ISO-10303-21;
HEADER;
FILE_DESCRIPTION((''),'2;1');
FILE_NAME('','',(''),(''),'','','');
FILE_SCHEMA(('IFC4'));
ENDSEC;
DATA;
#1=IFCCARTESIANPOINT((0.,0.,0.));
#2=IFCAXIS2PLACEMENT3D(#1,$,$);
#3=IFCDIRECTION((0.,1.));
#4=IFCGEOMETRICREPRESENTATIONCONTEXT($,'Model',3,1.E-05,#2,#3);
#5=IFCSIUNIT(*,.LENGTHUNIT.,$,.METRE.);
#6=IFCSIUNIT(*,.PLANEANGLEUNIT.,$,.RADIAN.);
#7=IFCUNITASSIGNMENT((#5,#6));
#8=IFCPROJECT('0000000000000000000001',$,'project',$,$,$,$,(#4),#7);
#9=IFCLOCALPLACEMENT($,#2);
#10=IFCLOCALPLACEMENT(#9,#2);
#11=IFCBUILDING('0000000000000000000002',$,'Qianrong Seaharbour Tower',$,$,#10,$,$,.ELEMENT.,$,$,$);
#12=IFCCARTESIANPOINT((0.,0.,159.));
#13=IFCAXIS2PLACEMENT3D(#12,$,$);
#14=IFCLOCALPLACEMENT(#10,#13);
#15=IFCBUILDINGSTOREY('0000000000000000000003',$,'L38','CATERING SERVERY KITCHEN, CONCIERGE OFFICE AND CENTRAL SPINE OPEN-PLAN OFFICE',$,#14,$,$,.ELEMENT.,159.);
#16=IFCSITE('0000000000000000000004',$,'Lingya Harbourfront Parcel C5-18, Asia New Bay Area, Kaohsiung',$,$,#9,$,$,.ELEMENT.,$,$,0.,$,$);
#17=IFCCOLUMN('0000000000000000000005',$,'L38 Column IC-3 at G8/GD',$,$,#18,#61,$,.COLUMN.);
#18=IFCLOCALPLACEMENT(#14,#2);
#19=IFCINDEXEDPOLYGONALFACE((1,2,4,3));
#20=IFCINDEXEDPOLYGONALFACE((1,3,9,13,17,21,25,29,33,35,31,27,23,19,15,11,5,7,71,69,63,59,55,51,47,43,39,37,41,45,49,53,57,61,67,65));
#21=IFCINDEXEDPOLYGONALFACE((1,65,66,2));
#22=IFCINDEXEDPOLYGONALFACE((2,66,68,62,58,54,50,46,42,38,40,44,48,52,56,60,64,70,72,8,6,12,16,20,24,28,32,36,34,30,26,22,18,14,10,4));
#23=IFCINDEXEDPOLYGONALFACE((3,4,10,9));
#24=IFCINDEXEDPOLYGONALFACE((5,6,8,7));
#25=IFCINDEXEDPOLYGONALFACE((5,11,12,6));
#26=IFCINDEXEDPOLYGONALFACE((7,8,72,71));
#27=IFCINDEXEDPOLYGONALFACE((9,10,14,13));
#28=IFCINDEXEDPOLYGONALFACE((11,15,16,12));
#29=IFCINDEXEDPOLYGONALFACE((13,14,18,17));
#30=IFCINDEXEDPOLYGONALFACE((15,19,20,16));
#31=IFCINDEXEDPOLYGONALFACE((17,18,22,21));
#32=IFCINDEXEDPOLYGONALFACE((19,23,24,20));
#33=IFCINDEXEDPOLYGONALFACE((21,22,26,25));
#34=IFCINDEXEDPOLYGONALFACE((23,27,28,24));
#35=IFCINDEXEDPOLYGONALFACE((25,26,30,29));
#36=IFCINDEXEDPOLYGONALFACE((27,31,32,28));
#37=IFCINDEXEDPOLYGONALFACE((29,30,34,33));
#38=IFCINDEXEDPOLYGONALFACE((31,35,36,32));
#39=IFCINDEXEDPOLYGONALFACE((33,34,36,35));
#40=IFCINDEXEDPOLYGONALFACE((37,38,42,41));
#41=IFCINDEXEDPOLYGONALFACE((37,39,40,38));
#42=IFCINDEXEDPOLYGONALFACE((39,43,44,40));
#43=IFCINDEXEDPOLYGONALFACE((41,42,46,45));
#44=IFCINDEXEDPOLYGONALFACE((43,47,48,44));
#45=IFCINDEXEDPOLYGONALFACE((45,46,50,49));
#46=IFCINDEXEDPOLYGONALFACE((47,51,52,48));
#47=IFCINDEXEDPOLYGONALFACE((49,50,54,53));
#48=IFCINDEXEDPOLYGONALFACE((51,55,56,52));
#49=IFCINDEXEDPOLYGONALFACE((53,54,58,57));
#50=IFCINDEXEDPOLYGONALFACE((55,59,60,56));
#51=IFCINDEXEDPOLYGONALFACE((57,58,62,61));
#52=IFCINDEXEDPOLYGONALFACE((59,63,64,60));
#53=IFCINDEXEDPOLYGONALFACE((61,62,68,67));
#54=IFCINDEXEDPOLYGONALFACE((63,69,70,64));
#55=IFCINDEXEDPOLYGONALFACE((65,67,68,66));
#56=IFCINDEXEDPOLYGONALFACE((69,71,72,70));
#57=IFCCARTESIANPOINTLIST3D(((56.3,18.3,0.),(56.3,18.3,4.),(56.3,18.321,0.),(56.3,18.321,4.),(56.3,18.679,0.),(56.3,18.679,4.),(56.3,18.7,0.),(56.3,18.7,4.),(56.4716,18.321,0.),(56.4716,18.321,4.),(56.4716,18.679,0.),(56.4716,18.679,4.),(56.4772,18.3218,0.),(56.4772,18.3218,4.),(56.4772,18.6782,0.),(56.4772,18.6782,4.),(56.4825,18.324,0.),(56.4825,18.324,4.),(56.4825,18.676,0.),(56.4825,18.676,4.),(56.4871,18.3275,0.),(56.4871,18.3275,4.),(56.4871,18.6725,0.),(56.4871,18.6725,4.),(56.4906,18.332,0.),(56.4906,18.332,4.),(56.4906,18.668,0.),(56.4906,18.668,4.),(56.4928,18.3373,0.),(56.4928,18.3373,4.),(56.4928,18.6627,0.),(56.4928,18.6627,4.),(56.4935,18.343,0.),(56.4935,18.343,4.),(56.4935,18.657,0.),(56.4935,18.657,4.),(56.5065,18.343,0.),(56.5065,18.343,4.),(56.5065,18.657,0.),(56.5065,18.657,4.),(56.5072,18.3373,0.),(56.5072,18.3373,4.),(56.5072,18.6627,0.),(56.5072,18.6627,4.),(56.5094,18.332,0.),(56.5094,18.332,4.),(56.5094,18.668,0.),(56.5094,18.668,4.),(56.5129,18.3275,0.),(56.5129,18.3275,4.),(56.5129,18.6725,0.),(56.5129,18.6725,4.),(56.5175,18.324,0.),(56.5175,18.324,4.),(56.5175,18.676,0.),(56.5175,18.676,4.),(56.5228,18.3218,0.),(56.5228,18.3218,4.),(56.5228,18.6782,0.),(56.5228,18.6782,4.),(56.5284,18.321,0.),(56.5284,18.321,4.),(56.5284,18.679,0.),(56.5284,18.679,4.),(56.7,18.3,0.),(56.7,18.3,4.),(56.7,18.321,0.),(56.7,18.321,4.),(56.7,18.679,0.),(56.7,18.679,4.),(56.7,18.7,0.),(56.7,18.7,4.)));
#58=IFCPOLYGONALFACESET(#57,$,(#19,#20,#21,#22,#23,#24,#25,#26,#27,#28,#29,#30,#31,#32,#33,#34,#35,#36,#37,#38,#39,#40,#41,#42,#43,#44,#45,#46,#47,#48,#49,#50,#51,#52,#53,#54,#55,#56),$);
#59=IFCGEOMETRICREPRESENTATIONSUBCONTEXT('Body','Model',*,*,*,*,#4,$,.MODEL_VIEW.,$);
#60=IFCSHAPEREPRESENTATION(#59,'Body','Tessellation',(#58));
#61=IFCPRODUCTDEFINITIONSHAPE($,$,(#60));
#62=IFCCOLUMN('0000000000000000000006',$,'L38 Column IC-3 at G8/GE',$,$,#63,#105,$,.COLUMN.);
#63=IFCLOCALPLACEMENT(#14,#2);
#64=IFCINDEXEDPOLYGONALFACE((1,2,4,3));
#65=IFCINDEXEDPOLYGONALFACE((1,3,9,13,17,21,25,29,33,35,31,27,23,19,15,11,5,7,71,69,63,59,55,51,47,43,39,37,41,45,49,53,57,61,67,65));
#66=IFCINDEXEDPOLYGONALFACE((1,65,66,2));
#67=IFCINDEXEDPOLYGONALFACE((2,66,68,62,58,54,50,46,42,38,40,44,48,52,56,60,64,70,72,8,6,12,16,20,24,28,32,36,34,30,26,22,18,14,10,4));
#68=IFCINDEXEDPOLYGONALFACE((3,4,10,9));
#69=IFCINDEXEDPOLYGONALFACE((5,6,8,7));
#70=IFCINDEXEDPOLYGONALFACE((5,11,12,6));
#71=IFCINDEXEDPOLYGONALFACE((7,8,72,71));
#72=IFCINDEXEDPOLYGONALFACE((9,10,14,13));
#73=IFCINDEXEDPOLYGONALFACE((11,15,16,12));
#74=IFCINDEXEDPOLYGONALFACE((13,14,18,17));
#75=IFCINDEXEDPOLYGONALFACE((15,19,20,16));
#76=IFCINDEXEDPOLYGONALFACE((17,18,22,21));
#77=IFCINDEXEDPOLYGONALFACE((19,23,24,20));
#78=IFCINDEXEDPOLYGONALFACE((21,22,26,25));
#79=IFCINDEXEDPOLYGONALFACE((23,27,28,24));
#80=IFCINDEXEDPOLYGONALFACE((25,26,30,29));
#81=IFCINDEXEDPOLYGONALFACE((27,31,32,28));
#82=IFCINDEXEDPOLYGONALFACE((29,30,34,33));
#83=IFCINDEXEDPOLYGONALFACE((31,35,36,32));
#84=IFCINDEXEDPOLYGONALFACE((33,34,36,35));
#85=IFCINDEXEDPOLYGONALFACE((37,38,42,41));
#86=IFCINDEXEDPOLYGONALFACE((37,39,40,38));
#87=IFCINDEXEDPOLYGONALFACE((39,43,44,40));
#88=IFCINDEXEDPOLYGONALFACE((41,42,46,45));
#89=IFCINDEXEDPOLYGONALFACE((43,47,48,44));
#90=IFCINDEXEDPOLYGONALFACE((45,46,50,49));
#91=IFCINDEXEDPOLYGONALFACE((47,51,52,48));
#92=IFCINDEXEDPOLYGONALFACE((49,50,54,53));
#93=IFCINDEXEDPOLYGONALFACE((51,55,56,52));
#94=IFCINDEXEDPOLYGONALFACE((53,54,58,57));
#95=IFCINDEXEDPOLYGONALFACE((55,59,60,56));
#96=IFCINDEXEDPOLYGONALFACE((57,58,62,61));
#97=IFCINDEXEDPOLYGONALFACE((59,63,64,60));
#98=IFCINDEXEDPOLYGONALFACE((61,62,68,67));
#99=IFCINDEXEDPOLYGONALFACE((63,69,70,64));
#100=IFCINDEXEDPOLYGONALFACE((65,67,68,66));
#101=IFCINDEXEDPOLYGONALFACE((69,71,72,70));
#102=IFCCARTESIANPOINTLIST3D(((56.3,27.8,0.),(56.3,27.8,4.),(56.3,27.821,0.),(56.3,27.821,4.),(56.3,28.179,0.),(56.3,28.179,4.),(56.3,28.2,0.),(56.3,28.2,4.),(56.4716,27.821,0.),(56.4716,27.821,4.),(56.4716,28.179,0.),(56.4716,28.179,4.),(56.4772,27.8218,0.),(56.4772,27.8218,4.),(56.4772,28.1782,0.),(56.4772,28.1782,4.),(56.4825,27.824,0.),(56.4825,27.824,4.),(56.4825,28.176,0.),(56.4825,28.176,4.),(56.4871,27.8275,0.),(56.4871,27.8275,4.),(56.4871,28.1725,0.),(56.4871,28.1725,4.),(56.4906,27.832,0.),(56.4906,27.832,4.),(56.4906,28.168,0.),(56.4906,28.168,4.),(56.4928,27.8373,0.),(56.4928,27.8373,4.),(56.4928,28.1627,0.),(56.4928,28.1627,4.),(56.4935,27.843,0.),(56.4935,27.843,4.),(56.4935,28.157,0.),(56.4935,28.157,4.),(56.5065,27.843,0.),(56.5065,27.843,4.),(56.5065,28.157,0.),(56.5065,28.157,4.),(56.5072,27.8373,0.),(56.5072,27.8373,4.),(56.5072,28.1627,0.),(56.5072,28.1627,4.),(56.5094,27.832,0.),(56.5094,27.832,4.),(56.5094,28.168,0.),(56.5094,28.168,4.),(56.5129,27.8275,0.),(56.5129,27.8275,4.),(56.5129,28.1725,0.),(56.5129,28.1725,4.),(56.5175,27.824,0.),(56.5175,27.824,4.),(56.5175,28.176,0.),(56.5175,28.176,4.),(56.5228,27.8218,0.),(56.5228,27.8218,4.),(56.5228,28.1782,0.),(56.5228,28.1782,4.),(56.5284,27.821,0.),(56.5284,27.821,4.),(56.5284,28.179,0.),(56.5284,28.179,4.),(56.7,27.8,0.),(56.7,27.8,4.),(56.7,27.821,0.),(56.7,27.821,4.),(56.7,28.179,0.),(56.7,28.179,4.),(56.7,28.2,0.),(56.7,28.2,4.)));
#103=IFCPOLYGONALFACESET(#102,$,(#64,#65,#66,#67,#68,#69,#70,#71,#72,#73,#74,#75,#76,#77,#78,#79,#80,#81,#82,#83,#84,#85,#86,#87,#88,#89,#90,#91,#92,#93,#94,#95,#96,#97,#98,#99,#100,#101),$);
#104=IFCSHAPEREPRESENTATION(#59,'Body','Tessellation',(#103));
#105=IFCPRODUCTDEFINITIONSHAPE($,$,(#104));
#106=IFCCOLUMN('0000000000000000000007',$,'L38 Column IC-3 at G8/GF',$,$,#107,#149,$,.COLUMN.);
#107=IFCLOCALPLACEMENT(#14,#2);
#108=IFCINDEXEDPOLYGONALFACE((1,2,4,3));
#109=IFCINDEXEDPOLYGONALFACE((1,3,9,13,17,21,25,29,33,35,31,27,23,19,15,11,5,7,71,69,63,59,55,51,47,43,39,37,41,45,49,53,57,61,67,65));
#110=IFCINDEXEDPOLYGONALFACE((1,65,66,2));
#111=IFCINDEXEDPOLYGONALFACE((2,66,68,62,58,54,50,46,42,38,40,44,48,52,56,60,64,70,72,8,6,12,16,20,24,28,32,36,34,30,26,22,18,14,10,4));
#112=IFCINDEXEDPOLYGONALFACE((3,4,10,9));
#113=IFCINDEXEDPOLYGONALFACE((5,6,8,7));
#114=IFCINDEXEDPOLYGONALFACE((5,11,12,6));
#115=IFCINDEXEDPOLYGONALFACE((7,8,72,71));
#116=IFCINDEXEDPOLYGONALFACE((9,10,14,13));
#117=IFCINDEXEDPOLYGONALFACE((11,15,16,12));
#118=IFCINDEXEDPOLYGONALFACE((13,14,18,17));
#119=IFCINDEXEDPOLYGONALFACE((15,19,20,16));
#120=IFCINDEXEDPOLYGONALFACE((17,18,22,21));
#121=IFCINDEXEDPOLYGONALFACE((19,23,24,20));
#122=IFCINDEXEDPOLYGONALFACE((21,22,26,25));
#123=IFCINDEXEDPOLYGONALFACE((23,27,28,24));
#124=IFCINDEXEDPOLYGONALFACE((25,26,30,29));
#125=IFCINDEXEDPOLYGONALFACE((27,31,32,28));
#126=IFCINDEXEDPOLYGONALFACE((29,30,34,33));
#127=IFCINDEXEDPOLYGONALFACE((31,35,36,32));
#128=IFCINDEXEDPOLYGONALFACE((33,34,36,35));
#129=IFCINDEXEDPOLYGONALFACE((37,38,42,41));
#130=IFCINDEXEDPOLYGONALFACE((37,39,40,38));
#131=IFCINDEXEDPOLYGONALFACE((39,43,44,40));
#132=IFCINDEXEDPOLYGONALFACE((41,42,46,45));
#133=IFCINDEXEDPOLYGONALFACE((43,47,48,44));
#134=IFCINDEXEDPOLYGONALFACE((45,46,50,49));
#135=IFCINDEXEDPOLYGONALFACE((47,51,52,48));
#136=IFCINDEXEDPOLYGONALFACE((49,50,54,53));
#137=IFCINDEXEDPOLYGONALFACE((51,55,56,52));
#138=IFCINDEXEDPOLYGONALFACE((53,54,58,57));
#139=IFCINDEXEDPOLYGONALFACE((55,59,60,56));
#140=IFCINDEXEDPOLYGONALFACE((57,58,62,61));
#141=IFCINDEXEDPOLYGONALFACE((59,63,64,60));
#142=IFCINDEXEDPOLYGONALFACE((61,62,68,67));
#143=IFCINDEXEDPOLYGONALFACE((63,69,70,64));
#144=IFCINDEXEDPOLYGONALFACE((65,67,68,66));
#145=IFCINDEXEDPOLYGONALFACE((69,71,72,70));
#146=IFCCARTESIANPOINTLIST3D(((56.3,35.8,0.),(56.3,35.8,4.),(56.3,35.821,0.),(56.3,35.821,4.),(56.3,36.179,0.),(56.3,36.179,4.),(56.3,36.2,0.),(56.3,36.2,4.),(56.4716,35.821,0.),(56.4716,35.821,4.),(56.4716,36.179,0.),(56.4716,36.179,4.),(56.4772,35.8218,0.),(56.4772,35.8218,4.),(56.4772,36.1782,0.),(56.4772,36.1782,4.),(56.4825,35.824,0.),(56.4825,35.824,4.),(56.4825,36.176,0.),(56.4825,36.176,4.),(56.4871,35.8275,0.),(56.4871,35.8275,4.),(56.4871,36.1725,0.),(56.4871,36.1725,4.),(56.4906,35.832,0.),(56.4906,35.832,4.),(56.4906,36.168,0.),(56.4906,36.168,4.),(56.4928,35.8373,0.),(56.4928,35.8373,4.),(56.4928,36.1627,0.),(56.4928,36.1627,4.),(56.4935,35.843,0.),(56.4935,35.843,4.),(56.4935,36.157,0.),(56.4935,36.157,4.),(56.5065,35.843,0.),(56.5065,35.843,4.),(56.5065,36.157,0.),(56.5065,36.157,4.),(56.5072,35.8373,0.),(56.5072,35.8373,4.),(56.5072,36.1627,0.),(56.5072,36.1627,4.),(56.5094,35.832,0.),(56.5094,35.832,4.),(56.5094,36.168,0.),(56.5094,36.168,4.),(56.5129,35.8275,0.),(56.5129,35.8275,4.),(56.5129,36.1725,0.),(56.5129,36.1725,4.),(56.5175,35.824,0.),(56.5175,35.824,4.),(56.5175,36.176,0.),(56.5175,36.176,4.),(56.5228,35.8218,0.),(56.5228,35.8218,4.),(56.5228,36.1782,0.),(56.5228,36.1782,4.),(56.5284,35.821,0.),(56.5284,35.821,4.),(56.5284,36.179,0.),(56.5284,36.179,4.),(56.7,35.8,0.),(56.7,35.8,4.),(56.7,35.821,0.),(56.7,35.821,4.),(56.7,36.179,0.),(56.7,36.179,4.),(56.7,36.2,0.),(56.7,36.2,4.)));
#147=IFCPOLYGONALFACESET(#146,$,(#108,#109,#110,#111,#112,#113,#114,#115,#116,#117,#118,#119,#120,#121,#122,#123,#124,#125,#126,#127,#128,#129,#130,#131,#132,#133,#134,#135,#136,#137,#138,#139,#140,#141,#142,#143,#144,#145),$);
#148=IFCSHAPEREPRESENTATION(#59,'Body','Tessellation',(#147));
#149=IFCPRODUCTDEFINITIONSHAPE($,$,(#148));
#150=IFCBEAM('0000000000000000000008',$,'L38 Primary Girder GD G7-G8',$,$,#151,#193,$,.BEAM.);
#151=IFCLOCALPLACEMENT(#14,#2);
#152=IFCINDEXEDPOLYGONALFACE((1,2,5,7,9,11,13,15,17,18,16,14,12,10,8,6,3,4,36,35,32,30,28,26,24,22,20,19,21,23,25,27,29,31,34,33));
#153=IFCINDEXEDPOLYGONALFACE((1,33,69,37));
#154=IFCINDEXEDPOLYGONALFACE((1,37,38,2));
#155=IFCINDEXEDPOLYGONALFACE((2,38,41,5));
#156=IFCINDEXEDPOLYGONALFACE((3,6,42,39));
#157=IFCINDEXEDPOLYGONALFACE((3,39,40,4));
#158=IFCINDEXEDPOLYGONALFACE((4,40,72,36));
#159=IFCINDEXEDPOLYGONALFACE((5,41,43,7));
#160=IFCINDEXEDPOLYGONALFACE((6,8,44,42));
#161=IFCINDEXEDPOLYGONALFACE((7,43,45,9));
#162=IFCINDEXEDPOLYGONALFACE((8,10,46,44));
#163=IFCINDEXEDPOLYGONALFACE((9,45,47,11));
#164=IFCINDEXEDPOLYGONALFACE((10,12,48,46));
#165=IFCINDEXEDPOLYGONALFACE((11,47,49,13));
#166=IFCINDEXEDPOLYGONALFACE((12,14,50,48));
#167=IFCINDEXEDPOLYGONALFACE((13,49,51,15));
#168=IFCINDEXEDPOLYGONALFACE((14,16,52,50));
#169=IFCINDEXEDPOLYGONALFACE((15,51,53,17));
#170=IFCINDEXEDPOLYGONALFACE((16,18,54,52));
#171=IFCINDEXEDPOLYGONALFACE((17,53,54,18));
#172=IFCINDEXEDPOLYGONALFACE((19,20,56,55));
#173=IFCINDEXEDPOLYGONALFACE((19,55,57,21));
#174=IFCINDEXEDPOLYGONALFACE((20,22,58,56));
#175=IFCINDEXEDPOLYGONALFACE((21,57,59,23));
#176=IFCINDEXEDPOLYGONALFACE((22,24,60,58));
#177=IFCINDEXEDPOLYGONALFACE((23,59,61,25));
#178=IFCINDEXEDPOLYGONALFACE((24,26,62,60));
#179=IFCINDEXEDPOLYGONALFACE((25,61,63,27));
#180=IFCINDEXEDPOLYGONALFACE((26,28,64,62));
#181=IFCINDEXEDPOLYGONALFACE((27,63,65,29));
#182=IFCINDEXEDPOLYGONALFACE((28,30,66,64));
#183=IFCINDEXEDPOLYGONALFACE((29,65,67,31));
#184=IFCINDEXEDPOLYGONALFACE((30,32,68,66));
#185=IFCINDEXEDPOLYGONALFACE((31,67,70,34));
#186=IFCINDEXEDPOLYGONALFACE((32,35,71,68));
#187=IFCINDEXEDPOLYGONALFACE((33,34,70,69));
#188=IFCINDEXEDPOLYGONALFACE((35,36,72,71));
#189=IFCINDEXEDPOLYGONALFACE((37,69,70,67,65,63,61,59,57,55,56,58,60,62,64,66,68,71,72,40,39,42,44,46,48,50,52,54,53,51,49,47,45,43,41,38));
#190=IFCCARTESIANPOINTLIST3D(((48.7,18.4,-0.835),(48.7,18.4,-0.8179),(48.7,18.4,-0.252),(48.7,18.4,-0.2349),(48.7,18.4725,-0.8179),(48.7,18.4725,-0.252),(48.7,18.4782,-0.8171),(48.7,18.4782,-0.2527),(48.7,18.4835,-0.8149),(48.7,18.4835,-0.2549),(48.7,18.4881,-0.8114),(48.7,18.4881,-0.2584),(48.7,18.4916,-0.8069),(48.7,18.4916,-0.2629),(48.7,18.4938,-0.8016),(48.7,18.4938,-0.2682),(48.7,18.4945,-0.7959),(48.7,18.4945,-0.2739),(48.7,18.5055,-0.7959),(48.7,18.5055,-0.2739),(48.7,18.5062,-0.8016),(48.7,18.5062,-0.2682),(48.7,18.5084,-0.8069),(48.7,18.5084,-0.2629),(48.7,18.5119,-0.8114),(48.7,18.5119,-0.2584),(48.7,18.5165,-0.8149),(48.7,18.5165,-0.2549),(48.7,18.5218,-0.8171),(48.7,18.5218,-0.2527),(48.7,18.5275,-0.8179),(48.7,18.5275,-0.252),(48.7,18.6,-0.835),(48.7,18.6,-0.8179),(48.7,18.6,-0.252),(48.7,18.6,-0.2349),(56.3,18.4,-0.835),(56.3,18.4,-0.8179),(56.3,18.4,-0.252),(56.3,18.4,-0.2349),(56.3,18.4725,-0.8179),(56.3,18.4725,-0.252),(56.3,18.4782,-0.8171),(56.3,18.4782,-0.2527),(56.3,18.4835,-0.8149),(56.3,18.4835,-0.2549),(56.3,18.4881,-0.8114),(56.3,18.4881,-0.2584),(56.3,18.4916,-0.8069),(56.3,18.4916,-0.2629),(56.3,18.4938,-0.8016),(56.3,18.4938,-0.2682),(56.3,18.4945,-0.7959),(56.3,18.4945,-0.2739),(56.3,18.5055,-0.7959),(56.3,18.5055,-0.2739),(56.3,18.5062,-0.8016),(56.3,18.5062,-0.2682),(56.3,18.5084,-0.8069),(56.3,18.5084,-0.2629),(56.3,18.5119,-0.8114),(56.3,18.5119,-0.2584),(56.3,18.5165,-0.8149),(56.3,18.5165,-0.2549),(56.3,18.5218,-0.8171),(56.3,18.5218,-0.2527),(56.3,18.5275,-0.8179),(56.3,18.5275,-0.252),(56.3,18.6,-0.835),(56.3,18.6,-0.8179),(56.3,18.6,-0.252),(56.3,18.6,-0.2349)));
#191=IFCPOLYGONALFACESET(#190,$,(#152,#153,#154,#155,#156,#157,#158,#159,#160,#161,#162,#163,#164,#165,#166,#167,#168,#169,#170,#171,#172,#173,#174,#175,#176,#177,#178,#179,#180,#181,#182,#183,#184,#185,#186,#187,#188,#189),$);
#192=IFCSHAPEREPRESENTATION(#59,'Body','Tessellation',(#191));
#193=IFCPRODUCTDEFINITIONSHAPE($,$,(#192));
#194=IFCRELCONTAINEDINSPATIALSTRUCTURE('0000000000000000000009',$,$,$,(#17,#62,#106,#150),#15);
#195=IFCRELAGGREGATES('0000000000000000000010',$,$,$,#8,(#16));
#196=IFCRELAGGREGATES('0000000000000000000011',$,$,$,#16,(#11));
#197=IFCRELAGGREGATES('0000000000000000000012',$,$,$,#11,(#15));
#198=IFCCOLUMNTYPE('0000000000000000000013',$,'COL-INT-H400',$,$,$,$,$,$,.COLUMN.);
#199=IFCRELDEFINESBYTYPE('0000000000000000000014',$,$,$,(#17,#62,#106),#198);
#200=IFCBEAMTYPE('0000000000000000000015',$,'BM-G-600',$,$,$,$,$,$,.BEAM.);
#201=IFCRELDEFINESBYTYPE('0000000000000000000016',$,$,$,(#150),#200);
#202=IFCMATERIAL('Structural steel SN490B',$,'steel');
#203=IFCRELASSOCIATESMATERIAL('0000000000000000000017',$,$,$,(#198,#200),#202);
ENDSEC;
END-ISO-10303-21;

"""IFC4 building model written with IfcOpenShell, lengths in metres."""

from ifc_helpers import new_model, si_unit, direction, frame, origin, origin_2d, place, context, subcontext, project, spatial, i_section, extrude, material, material_profile, profile_set, type_object, element, save


model = new_model("IFC4")

# Units and contexts
model_context = context("Model", 3, precision=1e-05, world=origin(), true_north=direction((0.0, 1.0)))
body_context = subcontext(model_context, "Body", "Model", "MODEL_VIEW")
ifc_project = project(units=[si_unit("LENGTHUNIT", "METRE"), si_unit("PLANEANGLEUNIT", "RADIAN")], contexts=[model_context])

# Site, building, storey
site_placement = place(None, origin())
site = spatial("IfcSite", under=ifc_project, at=site_placement, Name="Lingya Harbourfront Parcel C5-18, Asia New Bay Area, Kaohsiung", CompositionType="ELEMENT", RefElevation=0.0)
building_placement = place(site_placement, origin())
building = spatial("IfcBuilding", under=site, at=building_placement, Name="Qianrong Seaharbour Tower", CompositionType="ELEMENT")
storey_placement = place(building_placement, frame((0.0, 0.0, 159.0)))
storey = spatial("IfcBuildingStorey", under=building, at=storey_placement, Name="L38", Description="CATERING SERVERY KITCHEN, CONCIERGE OFFICE AND CENTRAL SPINE OPEN-PLAN OFFICE", CompositionType="ELEMENT", Elevation=159.0)

# Columns
ifc_material_1 = material(Name="Structural steel SN490B", Category="steel")
ifc_material_profile_1 = material_profile(ifc_material_1, i_section(OverallWidth=0.3999, OverallDepth=0.3999, WebThickness=0.0129, FlangeThickness=0.021, FilletRadius=0.022, at=origin_2d()), Name="H400x400x13x21")
ifc_profile_set_1 = profile_set([ifc_material_profile_1], Name="Structural steel SN490B")
column_type_1 = type_object("IfcColumnType", Name="COL-INT-H400", PredefinedType="COLUMN", material=ifc_profile_set_1)
for number, where, z_axis, x_axis, name in (
    (1, (56.5, 18.5, 0.0), (0.0, 0.0, 1.0), (1.0, 0.0, 0.0), "L38 Column IC-3 at G8/GD"),
    (2, (56.5, 28.0, 0.0), (0.0, 0.0, 1.0), (1.0, 0.0, 0.0), "L38 Column IC-3 at G8/GE"),
    (3, (56.5, 36.0, 0.0), (0.0, 0.0, 1.0), (1.0, 0.0, 0.0), "L38 Column IC-3 at G8/GF"),
):
    element("IfcColumn", number, at=place(storey_placement, frame(where, z_axis=z_axis, x_axis=x_axis)), inside=storey, type_object=column_type_1, Name=name, PredefinedType="COLUMN", context=body_context, shape_type="SweptSolid", body=[
        extrude(i_section(OverallWidth=0.3999, OverallDepth=0.3999, WebThickness=0.0129, FlangeThickness=0.021, FilletRadius=0.022, at=origin_2d()), origin(), (0.0, 0.0, 1.0), 4.0),
    ])

# Beam
ifc_material_profile_2 = material_profile(ifc_material_1, i_section(OverallWidth=0.2, OverallDepth=0.6001, WebThickness=0.011, FlangeThickness=0.0171, FilletRadius=0.022, at=origin_2d()), Name="H600x200x11x17")
ifc_profile_set_2 = profile_set([ifc_material_profile_2], Name="Structural steel SN490B")
beam_type_1 = type_object("IfcBeamType", Name="BM-G-600", PredefinedType="BEAM", material=ifc_profile_set_2)
beam_1_placement = place(storey_placement, frame((48.7, 18.5, -0.5349), z_axis=(1.0, 0.0, 0.0), x_axis=(0.0, 1.0, 0.0)))
element("IfcBeam", 4, at=beam_1_placement, inside=storey, type_object=beam_type_1, Name="L38 Primary Girder GD G7-G8", PredefinedType="BEAM", context=body_context, shape_type="SweptSolid", body=[
    extrude(i_section(OverallWidth=0.2, OverallDepth=0.6001, WebThickness=0.011, FlangeThickness=0.0171, FilletRadius=0.022, at=origin_2d()), origin(), (0.0, 0.0, 1.0), 7.6001),
])

save(model, "model.ifc")
